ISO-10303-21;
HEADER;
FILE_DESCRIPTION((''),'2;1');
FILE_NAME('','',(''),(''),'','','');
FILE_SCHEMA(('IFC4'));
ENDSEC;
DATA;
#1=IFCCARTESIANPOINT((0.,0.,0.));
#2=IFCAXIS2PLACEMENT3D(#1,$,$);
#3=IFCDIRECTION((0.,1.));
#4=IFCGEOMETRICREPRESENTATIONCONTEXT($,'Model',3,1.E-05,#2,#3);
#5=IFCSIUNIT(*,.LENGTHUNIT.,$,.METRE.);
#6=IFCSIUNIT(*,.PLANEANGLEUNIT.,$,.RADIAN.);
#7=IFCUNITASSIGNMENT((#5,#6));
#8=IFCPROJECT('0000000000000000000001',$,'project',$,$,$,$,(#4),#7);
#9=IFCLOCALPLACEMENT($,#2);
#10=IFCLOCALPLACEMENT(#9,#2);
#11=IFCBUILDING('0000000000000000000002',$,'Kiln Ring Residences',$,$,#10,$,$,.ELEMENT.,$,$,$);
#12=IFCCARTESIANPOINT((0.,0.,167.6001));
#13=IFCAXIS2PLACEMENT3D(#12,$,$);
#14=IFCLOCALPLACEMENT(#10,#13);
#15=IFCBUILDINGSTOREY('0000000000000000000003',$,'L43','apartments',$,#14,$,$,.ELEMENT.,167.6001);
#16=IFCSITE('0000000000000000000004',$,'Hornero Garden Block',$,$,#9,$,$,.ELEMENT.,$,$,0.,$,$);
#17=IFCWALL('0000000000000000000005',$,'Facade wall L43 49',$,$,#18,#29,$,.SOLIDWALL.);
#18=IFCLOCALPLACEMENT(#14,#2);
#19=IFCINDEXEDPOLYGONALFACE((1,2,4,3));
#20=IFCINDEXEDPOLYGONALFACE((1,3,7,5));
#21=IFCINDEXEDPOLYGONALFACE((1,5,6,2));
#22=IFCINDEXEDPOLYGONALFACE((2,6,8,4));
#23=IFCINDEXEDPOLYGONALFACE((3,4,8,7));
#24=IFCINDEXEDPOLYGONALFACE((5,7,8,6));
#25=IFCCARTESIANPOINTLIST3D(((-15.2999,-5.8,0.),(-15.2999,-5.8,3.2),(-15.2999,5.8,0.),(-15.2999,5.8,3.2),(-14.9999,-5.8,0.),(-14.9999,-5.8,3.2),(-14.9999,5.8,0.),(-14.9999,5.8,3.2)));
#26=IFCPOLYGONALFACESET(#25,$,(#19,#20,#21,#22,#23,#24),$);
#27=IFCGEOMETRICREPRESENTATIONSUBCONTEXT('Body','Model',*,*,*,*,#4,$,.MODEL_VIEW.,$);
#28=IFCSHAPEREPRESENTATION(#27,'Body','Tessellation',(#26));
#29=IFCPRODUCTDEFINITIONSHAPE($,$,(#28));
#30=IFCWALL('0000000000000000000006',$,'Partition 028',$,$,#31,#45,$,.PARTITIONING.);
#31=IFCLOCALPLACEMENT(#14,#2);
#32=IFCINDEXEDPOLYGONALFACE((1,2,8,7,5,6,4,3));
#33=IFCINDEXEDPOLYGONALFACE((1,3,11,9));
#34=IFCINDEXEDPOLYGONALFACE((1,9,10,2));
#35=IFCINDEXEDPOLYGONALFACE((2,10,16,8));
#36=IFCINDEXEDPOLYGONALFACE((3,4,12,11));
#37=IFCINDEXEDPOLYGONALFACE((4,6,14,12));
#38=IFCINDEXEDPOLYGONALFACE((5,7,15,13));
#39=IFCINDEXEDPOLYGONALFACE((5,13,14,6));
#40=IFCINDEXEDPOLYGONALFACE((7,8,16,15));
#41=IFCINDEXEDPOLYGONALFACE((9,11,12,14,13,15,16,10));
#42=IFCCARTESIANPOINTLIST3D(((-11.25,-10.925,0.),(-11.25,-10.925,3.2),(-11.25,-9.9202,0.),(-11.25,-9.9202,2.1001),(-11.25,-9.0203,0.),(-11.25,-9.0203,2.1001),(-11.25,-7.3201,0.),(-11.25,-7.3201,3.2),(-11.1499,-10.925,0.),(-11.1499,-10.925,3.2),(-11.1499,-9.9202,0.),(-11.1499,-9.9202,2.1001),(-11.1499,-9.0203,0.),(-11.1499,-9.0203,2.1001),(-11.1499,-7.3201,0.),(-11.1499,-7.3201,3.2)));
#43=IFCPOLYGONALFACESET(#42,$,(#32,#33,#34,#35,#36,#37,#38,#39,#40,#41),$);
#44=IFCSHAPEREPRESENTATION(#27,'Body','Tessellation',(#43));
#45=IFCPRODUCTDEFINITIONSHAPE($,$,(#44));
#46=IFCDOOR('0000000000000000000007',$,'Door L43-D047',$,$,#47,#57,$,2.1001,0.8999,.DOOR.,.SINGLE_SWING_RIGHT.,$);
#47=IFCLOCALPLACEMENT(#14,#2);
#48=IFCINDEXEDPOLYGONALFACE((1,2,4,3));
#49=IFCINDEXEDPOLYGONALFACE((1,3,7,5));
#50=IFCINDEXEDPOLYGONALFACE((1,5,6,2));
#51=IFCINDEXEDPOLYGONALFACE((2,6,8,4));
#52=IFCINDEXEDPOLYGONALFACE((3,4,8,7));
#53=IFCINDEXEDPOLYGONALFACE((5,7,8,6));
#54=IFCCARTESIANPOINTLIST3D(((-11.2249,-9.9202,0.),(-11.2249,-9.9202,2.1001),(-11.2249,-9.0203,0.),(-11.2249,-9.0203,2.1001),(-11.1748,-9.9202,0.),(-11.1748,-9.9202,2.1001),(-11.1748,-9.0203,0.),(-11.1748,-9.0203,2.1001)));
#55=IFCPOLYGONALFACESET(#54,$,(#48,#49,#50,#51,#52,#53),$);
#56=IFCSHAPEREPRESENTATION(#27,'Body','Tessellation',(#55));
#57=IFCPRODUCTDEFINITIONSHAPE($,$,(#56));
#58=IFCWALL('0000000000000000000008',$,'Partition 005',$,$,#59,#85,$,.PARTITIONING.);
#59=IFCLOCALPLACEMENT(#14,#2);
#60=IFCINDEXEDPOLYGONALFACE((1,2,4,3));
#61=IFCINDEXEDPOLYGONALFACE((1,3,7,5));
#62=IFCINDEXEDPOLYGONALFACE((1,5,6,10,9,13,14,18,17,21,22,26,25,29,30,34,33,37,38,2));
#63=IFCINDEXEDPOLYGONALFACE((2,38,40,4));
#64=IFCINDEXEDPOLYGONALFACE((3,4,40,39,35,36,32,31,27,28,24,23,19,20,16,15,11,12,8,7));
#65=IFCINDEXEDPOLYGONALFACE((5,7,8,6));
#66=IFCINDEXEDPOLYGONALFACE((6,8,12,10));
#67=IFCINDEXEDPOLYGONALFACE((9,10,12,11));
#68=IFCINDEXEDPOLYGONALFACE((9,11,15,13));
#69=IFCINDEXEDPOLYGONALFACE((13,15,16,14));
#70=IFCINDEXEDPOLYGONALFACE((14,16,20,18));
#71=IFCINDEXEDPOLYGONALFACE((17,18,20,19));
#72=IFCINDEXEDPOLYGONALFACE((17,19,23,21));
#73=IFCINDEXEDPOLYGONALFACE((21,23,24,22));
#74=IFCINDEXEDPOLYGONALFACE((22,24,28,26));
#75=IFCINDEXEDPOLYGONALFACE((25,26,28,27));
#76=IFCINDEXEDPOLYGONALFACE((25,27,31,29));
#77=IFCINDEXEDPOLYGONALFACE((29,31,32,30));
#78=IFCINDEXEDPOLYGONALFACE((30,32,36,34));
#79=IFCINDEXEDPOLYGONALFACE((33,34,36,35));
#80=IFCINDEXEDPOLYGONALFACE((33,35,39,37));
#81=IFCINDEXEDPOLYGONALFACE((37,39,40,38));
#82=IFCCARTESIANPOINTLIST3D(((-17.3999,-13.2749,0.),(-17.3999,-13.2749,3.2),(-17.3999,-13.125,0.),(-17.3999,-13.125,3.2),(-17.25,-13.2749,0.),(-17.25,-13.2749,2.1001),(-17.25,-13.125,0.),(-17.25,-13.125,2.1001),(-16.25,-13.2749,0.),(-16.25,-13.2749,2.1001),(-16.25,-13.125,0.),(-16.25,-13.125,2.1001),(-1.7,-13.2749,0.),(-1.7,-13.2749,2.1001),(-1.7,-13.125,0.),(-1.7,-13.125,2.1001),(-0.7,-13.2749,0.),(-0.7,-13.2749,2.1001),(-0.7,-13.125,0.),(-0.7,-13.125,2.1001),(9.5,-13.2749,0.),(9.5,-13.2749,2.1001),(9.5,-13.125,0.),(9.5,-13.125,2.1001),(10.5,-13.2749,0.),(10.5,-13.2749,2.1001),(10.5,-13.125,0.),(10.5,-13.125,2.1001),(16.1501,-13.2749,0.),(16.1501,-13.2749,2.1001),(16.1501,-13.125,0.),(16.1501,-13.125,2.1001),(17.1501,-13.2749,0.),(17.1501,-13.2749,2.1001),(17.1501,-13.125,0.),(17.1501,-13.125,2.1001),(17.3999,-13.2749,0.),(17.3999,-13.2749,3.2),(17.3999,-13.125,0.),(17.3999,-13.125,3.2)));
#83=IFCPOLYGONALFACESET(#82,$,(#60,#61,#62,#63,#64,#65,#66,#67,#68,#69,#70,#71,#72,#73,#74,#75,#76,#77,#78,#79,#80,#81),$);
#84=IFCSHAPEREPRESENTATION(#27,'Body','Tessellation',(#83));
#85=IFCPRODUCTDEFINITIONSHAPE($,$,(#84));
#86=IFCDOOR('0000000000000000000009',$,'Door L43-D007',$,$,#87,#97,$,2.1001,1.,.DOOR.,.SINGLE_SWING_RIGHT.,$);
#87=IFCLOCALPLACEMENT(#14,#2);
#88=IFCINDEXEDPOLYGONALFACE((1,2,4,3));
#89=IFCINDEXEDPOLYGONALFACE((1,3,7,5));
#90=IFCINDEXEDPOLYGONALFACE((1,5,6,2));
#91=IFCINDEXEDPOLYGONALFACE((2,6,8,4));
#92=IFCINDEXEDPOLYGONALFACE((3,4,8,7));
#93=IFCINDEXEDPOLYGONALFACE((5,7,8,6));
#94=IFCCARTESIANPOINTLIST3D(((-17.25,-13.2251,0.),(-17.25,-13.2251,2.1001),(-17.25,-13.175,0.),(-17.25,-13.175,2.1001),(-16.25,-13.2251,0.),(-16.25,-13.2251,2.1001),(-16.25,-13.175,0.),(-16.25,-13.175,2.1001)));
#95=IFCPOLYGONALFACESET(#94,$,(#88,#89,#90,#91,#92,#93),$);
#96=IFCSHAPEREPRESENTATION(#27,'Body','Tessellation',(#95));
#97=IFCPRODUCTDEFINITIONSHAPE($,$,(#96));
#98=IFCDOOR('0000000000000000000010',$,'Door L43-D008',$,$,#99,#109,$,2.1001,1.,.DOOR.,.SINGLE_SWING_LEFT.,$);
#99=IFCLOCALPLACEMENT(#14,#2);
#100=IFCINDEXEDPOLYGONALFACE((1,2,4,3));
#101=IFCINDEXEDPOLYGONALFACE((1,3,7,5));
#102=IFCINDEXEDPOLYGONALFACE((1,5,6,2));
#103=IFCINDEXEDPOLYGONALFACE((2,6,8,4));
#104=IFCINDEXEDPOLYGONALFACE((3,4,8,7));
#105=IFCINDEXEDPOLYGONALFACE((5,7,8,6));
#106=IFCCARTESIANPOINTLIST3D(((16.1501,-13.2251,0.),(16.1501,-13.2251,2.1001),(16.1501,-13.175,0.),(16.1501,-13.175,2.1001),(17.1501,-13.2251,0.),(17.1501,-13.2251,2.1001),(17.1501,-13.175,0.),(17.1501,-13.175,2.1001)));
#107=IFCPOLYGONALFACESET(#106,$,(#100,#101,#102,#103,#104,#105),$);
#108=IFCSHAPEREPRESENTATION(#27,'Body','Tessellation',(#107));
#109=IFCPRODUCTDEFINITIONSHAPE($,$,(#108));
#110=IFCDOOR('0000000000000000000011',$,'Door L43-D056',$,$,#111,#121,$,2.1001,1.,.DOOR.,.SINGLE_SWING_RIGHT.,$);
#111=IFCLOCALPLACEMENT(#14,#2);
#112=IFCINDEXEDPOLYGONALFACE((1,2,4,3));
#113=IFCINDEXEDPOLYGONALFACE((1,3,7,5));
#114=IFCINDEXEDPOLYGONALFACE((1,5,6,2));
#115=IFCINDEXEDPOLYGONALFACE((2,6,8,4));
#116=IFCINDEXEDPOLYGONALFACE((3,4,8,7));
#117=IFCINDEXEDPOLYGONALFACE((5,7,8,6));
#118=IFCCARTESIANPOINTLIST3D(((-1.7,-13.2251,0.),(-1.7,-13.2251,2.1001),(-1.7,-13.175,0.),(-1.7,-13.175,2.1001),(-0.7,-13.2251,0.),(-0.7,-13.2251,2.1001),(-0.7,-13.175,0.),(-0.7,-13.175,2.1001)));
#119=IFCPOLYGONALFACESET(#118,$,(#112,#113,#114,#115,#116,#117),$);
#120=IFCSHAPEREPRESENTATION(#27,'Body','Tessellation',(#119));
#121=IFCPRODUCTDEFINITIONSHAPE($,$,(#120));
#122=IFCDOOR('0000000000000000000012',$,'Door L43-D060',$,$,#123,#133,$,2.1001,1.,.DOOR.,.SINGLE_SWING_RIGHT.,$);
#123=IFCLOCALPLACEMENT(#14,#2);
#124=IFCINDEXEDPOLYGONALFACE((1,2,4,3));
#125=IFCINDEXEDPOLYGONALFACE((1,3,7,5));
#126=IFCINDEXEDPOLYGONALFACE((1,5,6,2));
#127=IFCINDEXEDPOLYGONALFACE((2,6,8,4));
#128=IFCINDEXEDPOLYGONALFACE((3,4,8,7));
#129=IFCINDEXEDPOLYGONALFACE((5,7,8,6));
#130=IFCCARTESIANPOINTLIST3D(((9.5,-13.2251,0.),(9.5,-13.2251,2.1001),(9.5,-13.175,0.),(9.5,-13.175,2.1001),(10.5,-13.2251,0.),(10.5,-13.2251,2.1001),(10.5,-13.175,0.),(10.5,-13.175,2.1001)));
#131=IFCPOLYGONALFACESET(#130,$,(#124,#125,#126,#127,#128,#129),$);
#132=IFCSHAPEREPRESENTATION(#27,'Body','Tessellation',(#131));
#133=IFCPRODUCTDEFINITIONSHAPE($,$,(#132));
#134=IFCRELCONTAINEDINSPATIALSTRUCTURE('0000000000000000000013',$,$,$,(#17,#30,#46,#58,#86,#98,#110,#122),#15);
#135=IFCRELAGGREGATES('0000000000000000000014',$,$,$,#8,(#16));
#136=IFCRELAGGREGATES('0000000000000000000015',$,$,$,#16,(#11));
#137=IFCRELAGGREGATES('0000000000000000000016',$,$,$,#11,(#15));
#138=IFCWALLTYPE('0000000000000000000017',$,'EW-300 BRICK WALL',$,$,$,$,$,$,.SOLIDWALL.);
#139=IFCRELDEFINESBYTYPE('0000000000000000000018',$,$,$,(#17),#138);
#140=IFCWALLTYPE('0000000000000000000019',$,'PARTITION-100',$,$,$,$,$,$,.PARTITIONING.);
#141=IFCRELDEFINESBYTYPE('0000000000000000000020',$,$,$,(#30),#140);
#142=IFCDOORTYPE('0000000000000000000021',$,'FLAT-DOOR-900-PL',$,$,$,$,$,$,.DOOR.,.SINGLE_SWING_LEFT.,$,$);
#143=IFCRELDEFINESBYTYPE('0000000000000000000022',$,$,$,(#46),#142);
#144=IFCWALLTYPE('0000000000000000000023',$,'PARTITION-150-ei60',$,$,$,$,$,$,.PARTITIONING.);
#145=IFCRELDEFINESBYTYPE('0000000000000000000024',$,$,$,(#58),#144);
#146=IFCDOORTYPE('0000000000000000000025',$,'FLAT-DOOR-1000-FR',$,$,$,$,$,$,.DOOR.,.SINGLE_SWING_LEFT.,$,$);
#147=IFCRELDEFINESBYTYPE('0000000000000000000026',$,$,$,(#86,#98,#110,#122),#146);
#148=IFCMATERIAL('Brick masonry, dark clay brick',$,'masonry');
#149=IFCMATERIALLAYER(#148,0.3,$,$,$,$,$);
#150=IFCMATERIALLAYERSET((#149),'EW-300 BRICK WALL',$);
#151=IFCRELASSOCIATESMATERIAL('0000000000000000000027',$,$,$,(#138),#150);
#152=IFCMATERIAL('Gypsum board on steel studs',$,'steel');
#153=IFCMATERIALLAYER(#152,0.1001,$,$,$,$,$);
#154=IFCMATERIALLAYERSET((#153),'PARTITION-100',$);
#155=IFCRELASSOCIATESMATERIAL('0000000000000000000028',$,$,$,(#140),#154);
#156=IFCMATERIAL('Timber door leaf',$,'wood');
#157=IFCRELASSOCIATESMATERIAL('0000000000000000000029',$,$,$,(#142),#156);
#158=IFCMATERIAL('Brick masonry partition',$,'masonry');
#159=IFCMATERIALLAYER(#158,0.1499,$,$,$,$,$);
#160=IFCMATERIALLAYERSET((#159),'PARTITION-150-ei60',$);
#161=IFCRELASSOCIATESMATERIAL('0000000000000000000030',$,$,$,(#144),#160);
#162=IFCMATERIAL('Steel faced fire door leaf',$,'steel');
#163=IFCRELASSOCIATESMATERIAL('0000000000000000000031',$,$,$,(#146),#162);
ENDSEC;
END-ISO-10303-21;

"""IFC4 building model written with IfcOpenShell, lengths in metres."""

from ifc_helpers import new_model, si_unit, direction, frame, frame_2d, origin, place, context, subcontext, project, spatial, rectangle, extrude, material, layer, layer_set, type_object, element, fill, save


model = new_model("IFC4")

# Units and contexts
model_context = context("Model", 3, precision=1e-05, world=origin(), true_north=direction((0.0, 1.0)))
body_context = subcontext(model_context, "Body", "Model", "MODEL_VIEW")
ifc_project = project(units=[si_unit("LENGTHUNIT", "METRE"), si_unit("PLANEANGLEUNIT", "RADIAN")], contexts=[model_context])

# Site, building, storey
site_placement = place(None, origin())
site = spatial("IfcSite", under=ifc_project, at=site_placement, Name="Hornero Garden Block", CompositionType="ELEMENT", RefElevation=0.0)
building_placement = place(site_placement, origin())
building = spatial("IfcBuilding", under=site, at=building_placement, Name="Kiln Ring Residences", CompositionType="ELEMENT")
storey_placement = place(building_placement, frame((0.0, 0.0, 167.6001)))
storey = spatial("IfcBuildingStorey", under=building, at=storey_placement, Name="L43", Description="apartments", CompositionType="ELEMENT", Elevation=167.6001)

# Wall
ifc_material_1 = material(Name="Brick masonry, dark clay brick", Category="masonry")
ifc_layer_1 = layer(ifc_material_1, 0.3)
ifc_layer_set_1 = layer_set([ifc_layer_1], Name="EW-300 BRICK WALL")
wall_type_1 = type_object("IfcWallType", Name="EW-300 BRICK WALL", PredefinedType="SOLIDWALL", material=ifc_layer_set_1)
wall_1_placement = place(storey_placement, frame((-15.1499, -5.8, 0.0), z_axis=(0.0, 0.0, 1.0), x_axis=(0.0, 1.0, 0.0)))
element("IfcWall", 1, at=wall_1_placement, inside=storey, type_object=wall_type_1, Name="Facade wall L43 49", PredefinedType="SOLIDWALL", context=body_context, shape_type="SweptSolid", body=[
    extrude(rectangle(XDim=11.6001, YDim=0.3, at=frame_2d((5.8, 0.0))), origin(), (0.0, 0.0, 1.0), 3.2),
])

# Wall, opening, door
ifc_material_2 = material(Name="Gypsum board on steel studs", Category="steel")
ifc_layer_2 = layer(ifc_material_2, 0.1001)
ifc_layer_set_2 = layer_set([ifc_layer_2], Name="PARTITION-100")
wall_type_2 = type_object("IfcWallType", Name="PARTITION-100", PredefinedType="PARTITIONING", material=ifc_layer_set_2)
wall_2_placement = place(storey_placement, frame((-11.2, -10.925, 0.0), z_axis=(0.0, 0.0, 1.0), x_axis=(0.0, 1.0, 0.0)))
wall_2 = element("IfcWall", 2, at=wall_2_placement, inside=storey, type_object=wall_type_2, Name="Partition 028", PredefinedType="PARTITIONING", context=body_context, shape_type="SweptSolid", body=[
    extrude(rectangle(XDim=3.605, YDim=0.1001, at=frame_2d((1.8025, 0.0))), origin(), (0.0, 0.0, 1.0), 3.2),
])
opening_1_placement = place(wall_2_placement, frame((1.0049, 0.0, 0.0)))
opening_1 = element("IfcOpeningElement", 3, at=opening_1_placement, cuts=wall_2, PredefinedType="OPENING", context=body_context, shape_type="SweptSolid", body=[
    extrude(rectangle(XDim=0.8999, YDim=2.1001, at=frame_2d((0.45, 1.05))), frame((0.0, 0.0601, 0.0), z_axis=(0.0, -1.0, 0.0), x_axis=(1.0, 0.0, 0.0)), (0.0, 0.0, 1.0), 0.1201),
])
ifc_material_3 = material(Name="Timber door leaf", Category="wood")
door_type_1 = type_object("IfcDoorType", Name="FLAT-DOOR-900-PL", OperationType="SINGLE_SWING_LEFT", PredefinedType="DOOR", material=ifc_material_3)
door_1_placement = place(opening_1_placement, origin())
door_1 = element("IfcDoor", 4, at=door_1_placement, inside=storey, type_object=door_type_1, Name="Door L43-D047", OperationType="SINGLE_SWING_RIGHT", OverallHeight=2.1001, OverallWidth=0.8999, PredefinedType="DOOR", context=body_context, shape_type="SweptSolid", body=[
    extrude(rectangle(XDim=0.8999, YDim=2.1001, at=frame_2d((0.45, 1.05))), frame((0.0, 0.0249, 0.0), z_axis=(0.0, -1.0, 0.0), x_axis=(1.0, 0.0, 0.0)), (0.0, 0.0, 1.0), 0.05),
])
fill(opening_1, door_1)

# Wall, openings, doors
ifc_material_4 = material(Name="Brick masonry partition", Category="masonry")
ifc_layer_3 = layer(ifc_material_4, 0.1499)
ifc_layer_set_3 = layer_set([ifc_layer_3], Name="PARTITION-150-ei60")
wall_type_3 = type_object("IfcWallType", Name="PARTITION-150-ei60", PredefinedType="PARTITIONING", material=ifc_layer_set_3)
wall_3_placement = place(storey_placement, frame((-17.3999, -13.2, 0.0), z_axis=(0.0, 0.0, 1.0), x_axis=(1.0, 0.0, 0.0)))
wall_3 = element("IfcWall", 5, at=wall_3_placement, inside=storey, type_object=wall_type_3, Name="Partition 005", PredefinedType="PARTITIONING", context=body_context, shape_type="SweptSolid", body=[
    extrude(rectangle(XDim=34.7998, YDim=0.1499, at=frame_2d((17.3999, 0.0))), origin(), (0.0, 0.0, 1.0), 3.2),
])
opening_2_placement = place(wall_3_placement, frame((0.1499, 0.0, 0.0)))
opening_2 = element("IfcOpeningElement", 6, at=opening_2_placement, cuts=wall_3, PredefinedType="OPENING", context=body_context, shape_type="SweptSolid", body=[
    extrude(rectangle(XDim=1.0, YDim=2.1001, at=frame_2d((0.5, 1.05))), frame((0.0, 0.085, 0.0), z_axis=(0.0, -1.0, 0.0), x_axis=(1.0, 0.0, 0.0)), (0.0, 0.0, 1.0), 0.1699),
])
opening_3_placement = place(wall_3_placement, frame((33.55, 0.0, 0.0)))
opening_3 = element("IfcOpeningElement", 7, at=opening_3_placement, cuts=wall_3, PredefinedType="OPENING", context=body_context, shape_type="SweptSolid", body=[
    extrude(rectangle(XDim=1.0, YDim=2.1001, at=frame_2d((0.5, 1.05))), frame((0.0, 0.085, 0.0), z_axis=(0.0, -1.0, 0.0), x_axis=(1.0, 0.0, 0.0)), (0.0, 0.0, 1.0), 0.1699),
])
opening_4_placement = place(wall_3_placement, frame((15.7, 0.0, 0.0)))
opening_4 = element("IfcOpeningElement", 8, at=opening_4_placement, cuts=wall_3, PredefinedType="OPENING", context=body_context, shape_type="SweptSolid", body=[
    extrude(rectangle(XDim=1.0, YDim=2.1001, at=frame_2d((0.5, 1.05))), frame((0.0, 0.085, 0.0), z_axis=(0.0, -1.0, 0.0), x_axis=(1.0, 0.0, 0.0)), (0.0, 0.0, 1.0), 0.1699),
])
opening_5_placement = place(wall_3_placement, frame((26.8999, 0.0, 0.0)))
opening_5 = element("IfcOpeningElement", 9, at=opening_5_placement, cuts=wall_3, PredefinedType="OPENING", context=body_context, shape_type="SweptSolid", body=[
    extrude(rectangle(XDim=1.0, YDim=2.1001, at=frame_2d((0.5, 1.05))), frame((0.0, 0.085, 0.0), z_axis=(0.0, -1.0, 0.0), x_axis=(1.0, 0.0, 0.0)), (0.0, 0.0, 1.0), 0.1699),
])
ifc_material_5 = material(Name="Steel faced fire door leaf", Category="steel")
door_type_2 = type_object("IfcDoorType", Name="FLAT-DOOR-1000-FR", OperationType="SINGLE_SWING_LEFT", PredefinedType="DOOR", material=ifc_material_5)
door_2_placement = place(opening_2_placement, origin())
door_2 = element("IfcDoor", 10, at=door_2_placement, inside=storey, type_object=door_type_2, Name="Door L43-D007", OperationType="SINGLE_SWING_RIGHT", OverallHeight=2.1001, OverallWidth=1.0, PredefinedType="DOOR", context=body_context, shape_type="SweptSolid", body=[
    extrude(rectangle(XDim=1.0, YDim=2.1001, at=frame_2d((0.5, 1.05))), frame((0.0, 0.0249, 0.0), z_axis=(0.0, -1.0, 0.0), x_axis=(1.0, 0.0, 0.0)), (0.0, 0.0, 1.0), 0.05),
])
fill(opening_2, door_2)
door_3_placement = place(opening_3_placement, origin())
door_3 = element("IfcDoor", 11, at=door_3_placement, inside=storey, type_object=door_type_2, Name="Door L43-D008", OperationType="SINGLE_SWING_LEFT", OverallHeight=2.1001, OverallWidth=1.0, PredefinedType="DOOR", context=body_context, shape_type="SweptSolid", body=[
    extrude(rectangle(XDim=1.0, YDim=2.1001, at=frame_2d((0.5, 1.05))), frame((0.0, 0.0249, 0.0), z_axis=(0.0, -1.0, 0.0), x_axis=(1.0, 0.0, 0.0)), (0.0, 0.0, 1.0), 0.05),
])
fill(opening_3, door_3)
door_4_placement = place(opening_4_placement, origin())
door_4 = element("IfcDoor", 12, at=door_4_placement, inside=storey, type_object=door_type_2, Name="Door L43-D056", OperationType="SINGLE_SWING_RIGHT", OverallHeight=2.1001, OverallWidth=1.0, PredefinedType="DOOR", context=body_context, shape_type="SweptSolid", body=[
    extrude(rectangle(XDim=1.0, YDim=2.1001, at=frame_2d((0.5, 1.05))), frame((0.0, 0.0249, 0.0), z_axis=(0.0, -1.0, 0.0), x_axis=(1.0, 0.0, 0.0)), (0.0, 0.0, 1.0), 0.05),
])
fill(opening_4, door_4)
door_5_placement = place(opening_5_placement, origin())
door_5 = element("IfcDoor", 13, at=door_5_placement, inside=storey, type_object=door_type_2, Name="Door L43-D060", OperationType="SINGLE_SWING_RIGHT", OverallHeight=2.1001, OverallWidth=1.0, PredefinedType="DOOR", context=body_context, shape_type="SweptSolid", body=[
    extrude(rectangle(XDim=1.0, YDim=2.1001, at=frame_2d((0.5, 1.05))), frame((0.0, 0.0249, 0.0), z_axis=(0.0, -1.0, 0.0), x_axis=(1.0, 0.0, 0.0)), (0.0, 0.0, 1.0), 0.05),
])
fill(opening_5, door_5)

save(model, "model.ifc")
